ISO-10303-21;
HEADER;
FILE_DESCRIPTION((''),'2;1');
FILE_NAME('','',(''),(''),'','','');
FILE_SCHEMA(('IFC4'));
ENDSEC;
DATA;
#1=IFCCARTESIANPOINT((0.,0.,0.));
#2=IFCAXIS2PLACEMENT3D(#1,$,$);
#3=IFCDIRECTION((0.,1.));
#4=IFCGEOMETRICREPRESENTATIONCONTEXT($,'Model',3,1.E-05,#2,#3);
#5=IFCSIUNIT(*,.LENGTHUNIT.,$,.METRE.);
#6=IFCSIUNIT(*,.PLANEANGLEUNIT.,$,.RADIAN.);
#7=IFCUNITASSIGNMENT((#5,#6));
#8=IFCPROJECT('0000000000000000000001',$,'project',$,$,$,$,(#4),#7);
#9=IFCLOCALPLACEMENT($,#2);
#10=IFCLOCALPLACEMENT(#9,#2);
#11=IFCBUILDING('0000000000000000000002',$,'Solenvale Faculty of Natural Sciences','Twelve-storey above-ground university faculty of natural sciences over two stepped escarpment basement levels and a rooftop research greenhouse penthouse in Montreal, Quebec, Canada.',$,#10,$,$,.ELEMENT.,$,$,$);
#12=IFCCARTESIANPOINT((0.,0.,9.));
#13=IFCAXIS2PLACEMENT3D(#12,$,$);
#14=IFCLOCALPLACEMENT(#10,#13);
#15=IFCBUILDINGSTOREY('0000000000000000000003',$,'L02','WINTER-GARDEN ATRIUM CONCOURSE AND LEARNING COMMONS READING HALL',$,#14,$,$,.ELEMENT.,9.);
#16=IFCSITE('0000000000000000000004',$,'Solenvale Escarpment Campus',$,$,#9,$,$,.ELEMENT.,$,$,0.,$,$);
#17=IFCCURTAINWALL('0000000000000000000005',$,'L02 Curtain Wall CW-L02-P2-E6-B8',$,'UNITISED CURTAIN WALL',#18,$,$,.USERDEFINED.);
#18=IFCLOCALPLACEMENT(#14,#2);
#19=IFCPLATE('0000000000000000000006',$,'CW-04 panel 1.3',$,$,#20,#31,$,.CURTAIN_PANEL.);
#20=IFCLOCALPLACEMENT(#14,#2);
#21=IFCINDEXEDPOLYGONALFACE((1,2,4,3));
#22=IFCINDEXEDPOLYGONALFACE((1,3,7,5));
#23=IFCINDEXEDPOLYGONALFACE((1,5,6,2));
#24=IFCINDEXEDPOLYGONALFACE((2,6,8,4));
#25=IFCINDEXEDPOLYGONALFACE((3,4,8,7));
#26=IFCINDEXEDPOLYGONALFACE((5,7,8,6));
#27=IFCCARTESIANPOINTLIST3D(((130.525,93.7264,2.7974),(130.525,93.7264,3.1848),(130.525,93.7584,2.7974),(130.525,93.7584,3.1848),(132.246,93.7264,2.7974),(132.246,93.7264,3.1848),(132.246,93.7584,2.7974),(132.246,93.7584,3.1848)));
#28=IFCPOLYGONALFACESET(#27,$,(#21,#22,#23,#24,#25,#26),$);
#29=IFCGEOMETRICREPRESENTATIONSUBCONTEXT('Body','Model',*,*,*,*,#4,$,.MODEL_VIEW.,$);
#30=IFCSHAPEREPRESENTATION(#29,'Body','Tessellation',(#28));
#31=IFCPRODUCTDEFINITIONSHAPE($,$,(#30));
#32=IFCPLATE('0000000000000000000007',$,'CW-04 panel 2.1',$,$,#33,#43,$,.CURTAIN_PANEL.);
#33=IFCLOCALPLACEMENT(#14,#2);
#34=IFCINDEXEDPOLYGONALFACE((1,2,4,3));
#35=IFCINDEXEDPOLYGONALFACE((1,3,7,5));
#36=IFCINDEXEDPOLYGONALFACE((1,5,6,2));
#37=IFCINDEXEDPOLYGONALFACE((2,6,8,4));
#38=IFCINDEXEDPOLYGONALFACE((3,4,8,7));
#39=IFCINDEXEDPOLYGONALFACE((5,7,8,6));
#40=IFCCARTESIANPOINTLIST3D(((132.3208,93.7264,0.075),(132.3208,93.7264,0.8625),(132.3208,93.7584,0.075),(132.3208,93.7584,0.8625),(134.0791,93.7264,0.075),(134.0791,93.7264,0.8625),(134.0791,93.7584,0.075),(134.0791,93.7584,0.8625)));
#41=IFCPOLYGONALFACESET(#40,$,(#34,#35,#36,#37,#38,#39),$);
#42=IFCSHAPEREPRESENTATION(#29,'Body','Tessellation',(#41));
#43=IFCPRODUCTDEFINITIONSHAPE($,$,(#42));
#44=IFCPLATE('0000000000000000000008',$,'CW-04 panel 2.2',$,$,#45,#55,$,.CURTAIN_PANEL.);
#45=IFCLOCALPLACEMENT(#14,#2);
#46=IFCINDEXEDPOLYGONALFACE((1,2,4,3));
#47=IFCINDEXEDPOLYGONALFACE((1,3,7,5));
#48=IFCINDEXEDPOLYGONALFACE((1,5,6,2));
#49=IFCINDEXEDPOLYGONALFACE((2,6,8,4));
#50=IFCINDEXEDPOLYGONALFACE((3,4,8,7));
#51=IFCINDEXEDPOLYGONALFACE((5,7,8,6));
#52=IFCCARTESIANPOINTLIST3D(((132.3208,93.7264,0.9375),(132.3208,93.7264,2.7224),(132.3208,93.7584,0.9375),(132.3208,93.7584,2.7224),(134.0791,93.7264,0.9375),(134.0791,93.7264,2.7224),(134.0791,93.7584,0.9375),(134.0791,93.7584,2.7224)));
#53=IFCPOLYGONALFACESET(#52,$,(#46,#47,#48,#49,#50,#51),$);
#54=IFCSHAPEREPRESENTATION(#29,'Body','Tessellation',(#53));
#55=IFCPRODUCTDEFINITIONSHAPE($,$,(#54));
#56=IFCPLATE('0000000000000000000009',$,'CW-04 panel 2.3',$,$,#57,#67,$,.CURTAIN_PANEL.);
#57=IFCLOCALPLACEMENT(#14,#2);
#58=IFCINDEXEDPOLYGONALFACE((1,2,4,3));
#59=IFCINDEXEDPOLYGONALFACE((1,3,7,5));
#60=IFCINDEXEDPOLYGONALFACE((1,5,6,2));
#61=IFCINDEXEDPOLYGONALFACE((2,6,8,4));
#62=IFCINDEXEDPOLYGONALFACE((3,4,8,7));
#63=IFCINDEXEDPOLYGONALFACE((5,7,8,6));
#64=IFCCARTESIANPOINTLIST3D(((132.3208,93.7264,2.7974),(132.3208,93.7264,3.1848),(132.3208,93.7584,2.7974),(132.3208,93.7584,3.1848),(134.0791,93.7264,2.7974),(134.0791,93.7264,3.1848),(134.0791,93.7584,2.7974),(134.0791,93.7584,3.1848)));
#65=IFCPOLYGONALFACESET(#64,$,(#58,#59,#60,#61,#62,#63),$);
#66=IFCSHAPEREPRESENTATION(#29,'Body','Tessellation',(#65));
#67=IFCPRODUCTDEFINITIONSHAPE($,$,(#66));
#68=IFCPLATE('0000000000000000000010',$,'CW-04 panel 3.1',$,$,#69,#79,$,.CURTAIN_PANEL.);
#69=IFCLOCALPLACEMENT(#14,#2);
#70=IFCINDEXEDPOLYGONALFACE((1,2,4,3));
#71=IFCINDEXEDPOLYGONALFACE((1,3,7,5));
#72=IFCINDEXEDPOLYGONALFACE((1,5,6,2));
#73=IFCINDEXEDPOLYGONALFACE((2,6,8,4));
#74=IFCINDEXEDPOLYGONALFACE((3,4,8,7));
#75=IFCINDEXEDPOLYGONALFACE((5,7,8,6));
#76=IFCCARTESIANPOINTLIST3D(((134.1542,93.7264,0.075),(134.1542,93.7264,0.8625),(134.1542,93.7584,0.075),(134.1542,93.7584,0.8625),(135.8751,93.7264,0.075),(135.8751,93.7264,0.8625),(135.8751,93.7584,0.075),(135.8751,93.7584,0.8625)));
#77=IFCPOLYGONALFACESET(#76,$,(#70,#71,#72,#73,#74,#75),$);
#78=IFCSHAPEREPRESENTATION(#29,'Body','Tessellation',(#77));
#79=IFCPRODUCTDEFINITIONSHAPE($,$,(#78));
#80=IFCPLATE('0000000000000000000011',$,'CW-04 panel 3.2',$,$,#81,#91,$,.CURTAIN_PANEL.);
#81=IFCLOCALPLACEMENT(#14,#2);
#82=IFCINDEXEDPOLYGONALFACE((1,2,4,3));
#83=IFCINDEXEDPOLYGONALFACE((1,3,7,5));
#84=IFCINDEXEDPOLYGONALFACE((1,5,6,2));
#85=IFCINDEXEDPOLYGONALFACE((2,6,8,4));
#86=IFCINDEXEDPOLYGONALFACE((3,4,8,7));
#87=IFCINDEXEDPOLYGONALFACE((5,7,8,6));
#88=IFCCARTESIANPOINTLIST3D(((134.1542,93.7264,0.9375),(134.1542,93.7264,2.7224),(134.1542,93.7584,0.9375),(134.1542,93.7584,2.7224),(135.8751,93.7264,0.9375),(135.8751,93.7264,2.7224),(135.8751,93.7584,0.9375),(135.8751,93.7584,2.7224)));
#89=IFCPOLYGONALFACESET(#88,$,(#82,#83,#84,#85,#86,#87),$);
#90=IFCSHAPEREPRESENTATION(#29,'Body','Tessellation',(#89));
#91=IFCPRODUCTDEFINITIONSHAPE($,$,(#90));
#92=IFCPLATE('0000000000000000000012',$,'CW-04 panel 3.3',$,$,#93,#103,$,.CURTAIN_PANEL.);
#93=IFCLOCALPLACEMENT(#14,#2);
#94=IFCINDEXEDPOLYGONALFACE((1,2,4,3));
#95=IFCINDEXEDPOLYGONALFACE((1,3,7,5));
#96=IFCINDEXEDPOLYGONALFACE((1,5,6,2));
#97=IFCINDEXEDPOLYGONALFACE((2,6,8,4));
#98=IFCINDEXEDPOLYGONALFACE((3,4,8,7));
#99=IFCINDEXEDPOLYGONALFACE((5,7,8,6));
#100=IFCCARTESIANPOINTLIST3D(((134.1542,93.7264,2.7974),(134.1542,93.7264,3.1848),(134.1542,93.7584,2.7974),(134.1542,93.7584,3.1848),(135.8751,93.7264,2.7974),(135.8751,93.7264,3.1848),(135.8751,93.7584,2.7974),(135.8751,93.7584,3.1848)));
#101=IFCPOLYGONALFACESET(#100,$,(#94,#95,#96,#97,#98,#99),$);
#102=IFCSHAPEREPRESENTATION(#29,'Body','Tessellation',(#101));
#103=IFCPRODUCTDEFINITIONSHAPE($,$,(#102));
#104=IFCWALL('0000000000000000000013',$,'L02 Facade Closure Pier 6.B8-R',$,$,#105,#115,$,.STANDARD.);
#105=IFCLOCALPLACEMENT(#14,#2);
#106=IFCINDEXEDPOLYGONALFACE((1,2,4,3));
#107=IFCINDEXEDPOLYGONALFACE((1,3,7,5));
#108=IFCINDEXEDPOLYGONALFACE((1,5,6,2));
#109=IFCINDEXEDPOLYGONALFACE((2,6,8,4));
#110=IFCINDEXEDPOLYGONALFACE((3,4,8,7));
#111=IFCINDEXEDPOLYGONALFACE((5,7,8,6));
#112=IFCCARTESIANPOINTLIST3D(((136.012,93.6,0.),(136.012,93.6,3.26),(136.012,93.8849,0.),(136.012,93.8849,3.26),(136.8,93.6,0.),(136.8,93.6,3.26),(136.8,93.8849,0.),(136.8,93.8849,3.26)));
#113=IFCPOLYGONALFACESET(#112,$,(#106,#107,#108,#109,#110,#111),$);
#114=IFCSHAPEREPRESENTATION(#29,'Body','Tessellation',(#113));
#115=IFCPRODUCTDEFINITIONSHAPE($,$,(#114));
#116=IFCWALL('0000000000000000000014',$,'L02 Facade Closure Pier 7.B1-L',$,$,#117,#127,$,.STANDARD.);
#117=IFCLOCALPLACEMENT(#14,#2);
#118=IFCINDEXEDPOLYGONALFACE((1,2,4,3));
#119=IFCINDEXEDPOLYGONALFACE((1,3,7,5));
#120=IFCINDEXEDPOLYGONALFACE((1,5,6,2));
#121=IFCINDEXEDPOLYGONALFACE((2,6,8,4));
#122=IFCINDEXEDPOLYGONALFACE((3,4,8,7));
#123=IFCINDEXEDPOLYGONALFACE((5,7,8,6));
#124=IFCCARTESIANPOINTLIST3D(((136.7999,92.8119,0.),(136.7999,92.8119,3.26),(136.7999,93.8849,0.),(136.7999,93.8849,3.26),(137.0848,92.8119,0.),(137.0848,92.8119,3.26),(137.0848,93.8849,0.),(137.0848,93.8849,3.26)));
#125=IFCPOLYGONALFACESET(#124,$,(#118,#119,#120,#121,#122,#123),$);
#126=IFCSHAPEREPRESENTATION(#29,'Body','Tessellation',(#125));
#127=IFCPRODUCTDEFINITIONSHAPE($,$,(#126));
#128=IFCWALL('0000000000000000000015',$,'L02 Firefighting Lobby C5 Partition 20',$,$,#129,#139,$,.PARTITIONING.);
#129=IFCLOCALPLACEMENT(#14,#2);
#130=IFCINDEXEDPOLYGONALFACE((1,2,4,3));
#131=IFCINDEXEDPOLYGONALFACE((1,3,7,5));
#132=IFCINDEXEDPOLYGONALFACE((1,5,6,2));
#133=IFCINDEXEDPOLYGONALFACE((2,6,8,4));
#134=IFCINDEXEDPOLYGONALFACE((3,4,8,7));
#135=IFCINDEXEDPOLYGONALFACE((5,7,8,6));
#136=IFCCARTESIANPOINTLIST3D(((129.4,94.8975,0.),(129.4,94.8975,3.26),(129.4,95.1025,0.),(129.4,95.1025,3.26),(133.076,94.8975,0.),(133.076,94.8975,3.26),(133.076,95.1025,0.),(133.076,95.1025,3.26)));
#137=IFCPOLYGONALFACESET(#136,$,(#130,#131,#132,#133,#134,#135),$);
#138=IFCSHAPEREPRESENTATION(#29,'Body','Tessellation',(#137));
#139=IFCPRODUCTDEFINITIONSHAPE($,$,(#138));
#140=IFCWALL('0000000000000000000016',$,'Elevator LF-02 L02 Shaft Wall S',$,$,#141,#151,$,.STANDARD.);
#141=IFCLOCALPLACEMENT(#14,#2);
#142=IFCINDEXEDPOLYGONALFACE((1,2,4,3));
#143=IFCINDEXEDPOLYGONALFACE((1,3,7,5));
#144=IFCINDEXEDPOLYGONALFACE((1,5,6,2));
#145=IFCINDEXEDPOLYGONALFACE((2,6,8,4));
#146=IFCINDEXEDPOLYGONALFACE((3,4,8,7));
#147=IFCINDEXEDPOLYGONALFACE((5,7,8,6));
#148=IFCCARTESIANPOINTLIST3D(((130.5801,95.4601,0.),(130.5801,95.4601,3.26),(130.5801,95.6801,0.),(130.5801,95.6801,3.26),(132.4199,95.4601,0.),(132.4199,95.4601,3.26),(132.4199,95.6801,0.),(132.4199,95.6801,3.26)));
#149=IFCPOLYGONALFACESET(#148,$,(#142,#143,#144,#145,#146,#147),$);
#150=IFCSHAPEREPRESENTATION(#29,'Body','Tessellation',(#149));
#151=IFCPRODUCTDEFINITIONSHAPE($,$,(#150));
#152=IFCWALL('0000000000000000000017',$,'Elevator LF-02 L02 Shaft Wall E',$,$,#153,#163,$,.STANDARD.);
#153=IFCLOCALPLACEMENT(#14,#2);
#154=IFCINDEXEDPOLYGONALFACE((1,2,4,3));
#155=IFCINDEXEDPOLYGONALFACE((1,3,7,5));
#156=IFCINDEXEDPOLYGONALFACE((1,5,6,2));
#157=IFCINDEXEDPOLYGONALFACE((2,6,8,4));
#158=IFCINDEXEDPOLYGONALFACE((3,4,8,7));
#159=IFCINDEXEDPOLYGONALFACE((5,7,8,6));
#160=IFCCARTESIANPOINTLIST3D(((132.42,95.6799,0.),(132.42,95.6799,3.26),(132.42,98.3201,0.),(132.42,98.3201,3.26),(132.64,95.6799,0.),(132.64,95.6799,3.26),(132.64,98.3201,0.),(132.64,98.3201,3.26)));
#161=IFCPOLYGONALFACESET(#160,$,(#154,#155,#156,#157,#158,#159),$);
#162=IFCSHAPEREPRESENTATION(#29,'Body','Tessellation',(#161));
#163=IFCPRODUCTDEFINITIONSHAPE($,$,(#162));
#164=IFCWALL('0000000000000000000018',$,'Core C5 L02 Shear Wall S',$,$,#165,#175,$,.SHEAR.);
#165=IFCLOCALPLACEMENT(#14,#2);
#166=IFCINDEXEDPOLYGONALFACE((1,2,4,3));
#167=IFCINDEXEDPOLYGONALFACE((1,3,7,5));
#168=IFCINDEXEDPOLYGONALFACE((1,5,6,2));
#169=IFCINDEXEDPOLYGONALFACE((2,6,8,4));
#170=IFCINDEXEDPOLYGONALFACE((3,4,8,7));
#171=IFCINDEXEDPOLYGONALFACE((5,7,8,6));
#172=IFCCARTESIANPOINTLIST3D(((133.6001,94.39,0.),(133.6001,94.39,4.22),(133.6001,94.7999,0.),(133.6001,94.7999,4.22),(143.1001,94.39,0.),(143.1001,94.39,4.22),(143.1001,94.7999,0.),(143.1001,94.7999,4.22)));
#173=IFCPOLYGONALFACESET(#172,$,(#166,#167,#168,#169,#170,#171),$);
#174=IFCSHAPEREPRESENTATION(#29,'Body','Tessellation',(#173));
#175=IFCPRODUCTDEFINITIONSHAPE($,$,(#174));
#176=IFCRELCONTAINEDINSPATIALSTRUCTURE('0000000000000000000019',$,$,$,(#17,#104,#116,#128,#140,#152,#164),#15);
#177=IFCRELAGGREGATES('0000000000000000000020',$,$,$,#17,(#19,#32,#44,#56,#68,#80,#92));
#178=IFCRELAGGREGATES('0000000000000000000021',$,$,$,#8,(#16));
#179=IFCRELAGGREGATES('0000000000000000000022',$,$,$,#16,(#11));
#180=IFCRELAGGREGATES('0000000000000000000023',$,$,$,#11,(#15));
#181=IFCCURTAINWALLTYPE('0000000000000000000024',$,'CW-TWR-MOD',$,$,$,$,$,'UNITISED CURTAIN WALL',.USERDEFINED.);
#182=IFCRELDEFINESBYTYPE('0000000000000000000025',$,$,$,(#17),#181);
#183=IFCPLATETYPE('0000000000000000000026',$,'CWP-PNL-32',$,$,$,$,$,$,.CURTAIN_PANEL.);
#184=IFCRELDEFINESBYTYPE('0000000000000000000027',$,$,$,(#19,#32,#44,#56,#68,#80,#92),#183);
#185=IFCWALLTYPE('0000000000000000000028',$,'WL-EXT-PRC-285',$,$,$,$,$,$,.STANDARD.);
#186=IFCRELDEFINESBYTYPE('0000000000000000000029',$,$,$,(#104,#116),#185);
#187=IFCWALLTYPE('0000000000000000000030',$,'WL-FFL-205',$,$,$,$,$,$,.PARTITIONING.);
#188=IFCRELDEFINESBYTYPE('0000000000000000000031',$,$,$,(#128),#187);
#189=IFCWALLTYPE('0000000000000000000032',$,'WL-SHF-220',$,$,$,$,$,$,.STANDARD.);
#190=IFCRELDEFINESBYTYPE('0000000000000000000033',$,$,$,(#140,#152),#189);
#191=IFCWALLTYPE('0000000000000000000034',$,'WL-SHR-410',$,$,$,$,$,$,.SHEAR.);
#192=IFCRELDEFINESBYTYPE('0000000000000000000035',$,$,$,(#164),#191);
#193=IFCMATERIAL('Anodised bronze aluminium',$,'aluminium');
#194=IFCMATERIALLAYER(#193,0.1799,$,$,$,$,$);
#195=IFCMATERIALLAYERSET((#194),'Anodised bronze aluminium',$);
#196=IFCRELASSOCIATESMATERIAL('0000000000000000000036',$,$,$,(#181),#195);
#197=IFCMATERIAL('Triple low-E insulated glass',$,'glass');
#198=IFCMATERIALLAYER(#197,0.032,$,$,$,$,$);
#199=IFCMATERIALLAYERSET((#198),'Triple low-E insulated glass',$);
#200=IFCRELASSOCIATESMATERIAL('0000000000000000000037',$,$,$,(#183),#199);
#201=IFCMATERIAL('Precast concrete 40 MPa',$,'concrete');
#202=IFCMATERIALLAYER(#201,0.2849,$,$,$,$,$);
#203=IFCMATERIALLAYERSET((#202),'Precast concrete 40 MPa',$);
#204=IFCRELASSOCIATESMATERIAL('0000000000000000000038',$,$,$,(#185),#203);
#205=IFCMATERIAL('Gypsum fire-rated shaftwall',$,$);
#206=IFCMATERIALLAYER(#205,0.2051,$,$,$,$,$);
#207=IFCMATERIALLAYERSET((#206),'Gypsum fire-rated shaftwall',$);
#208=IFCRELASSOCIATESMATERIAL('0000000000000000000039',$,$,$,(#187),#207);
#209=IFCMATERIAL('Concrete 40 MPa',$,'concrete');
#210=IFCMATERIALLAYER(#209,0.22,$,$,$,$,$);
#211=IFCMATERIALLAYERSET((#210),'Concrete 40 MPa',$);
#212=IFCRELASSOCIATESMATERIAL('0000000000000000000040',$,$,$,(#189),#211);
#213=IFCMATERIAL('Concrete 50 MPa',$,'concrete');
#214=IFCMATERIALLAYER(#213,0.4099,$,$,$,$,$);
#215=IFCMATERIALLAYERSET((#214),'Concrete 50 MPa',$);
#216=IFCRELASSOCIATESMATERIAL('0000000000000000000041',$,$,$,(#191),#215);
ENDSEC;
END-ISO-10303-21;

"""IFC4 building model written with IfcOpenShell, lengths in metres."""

from ifc_helpers import new_model, si_unit, direction, frame, frame_2d, origin, origin_2d, place, context, subcontext, project, spatial, rectangle, extrude, material, layer, layer_set, type_object, element, aggregate, save


model = new_model("IFC4")

# Units and contexts
model_context = context("Model", 3, precision=1e-05, world=origin(), true_north=direction((0.0, 1.0)))
body_context = subcontext(model_context, "Body", "Model", "MODEL_VIEW")
ifc_project = project(units=[si_unit("LENGTHUNIT", "METRE"), si_unit("PLANEANGLEUNIT", "RADIAN")], contexts=[model_context])

# Site, building, storey
site_placement = place(None, origin())
site = spatial("IfcSite", under=ifc_project, at=site_placement, Name="Solenvale Escarpment Campus", CompositionType="ELEMENT", RefElevation=0.0)
building_placement = place(site_placement, origin())
building = spatial("IfcBuilding", under=site, at=building_placement, Name="Solenvale Faculty of Natural Sciences", Description="Twelve-storey above-ground university faculty of natural sciences over two stepped escarpment basement levels and a rooftop research greenhouse penthouse in Montreal, Quebec, Canada.", CompositionType="ELEMENT")
storey_placement = place(building_placement, frame((0.0, 0.0, 9.0)))
storey = spatial("IfcBuildingStorey", under=building, at=storey_placement, Name="L02", Description="WINTER-GARDEN ATRIUM CONCOURSE AND LEARNING COMMONS READING HALL", CompositionType="ELEMENT", Elevation=9.0)

# Curtain wall, plates
ifc_material_1 = material(Name="Anodised bronze aluminium", Category="aluminium")
ifc_layer_1 = layer(ifc_material_1, 0.1799)
ifc_layer_set_1 = layer_set([ifc_layer_1], Name="Anodised bronze aluminium")
curtain_wall_type = type_object("IfcCurtainWallType", Name="CW-TWR-MOD", ElementType="UNITISED CURTAIN WALL", PredefinedType="USERDEFINED", material=ifc_layer_set_1)
curtain_wall_placement = place(storey_placement, origin())
curtain_wall = element("IfcCurtainWall", 1, at=curtain_wall_placement, inside=storey, type_object=curtain_wall_type, Name="L02 Curtain Wall CW-L02-P2-E6-B8", ObjectType="UNITISED CURTAIN WALL", PredefinedType="USERDEFINED")
ifc_material_2 = material(Name="Triple low-E insulated glass", Category="glass")
ifc_layer_2 = layer(ifc_material_2, 0.032)
ifc_layer_set_2 = layer_set([ifc_layer_2], Name="Triple low-E insulated glass")
plate_type = type_object("IfcPlateType", Name="CWP-PNL-32", PredefinedType="CURTAIN_PANEL", material=ifc_layer_set_2)
plate_1_placement = place(storey_placement, frame((131.3855, 93.7424, 2.7974), z_axis=(0.0, 0.0, 1.0), x_axis=(1.0, 0.0, 0.0)))
plate_1 = element("IfcPlate", 2, at=plate_1_placement, type_object=plate_type, Name="CW-04 panel 1.3", PredefinedType="CURTAIN_PANEL", context=body_context, shape_type="SweptSolid", body=[
    extrude(rectangle(XDim=1.7209, YDim=0.032, at=origin_2d()), origin(), (0.0, 0.0, 1.0), 0.3875),
])
plate_2_placement = place(storey_placement, frame((133.2, 93.7424, 0.075), z_axis=(0.0, 0.0, 1.0), x_axis=(1.0, 0.0, 0.0)))
plate_2 = element("IfcPlate", 3, at=plate_2_placement, type_object=plate_type, Name="CW-04 panel 2.1", PredefinedType="CURTAIN_PANEL", context=body_context, shape_type="SweptSolid", body=[
    extrude(rectangle(XDim=1.7583, YDim=0.032, at=origin_2d()), origin(), (0.0, 0.0, 1.0), 0.7876),
])
plate_3_placement = place(storey_placement, frame((133.2, 93.7424, 0.9375), z_axis=(0.0, 0.0, 1.0), x_axis=(1.0, 0.0, 0.0)))
plate_3 = element("IfcPlate", 4, at=plate_3_placement, type_object=plate_type, Name="CW-04 panel 2.2", PredefinedType="CURTAIN_PANEL", context=body_context, shape_type="SweptSolid", body=[
    extrude(rectangle(XDim=1.7583, YDim=0.032, at=origin_2d()), origin(), (0.0, 0.0, 1.0), 1.7849),
])
plate_4_placement = place(storey_placement, frame((133.2, 93.7424, 2.7974), z_axis=(0.0, 0.0, 1.0), x_axis=(1.0, 0.0, 0.0)))
plate_4 = element("IfcPlate", 5, at=plate_4_placement, type_object=plate_type, Name="CW-04 panel 2.3", PredefinedType="CURTAIN_PANEL", context=body_context, shape_type="SweptSolid", body=[
    extrude(rectangle(XDim=1.7583, YDim=0.032, at=origin_2d()), origin(), (0.0, 0.0, 1.0), 0.3875),
])
plate_5_placement = place(storey_placement, frame((135.0146, 93.7424, 0.075), z_axis=(0.0, 0.0, 1.0), x_axis=(1.0, 0.0, 0.0)))
plate_5 = element("IfcPlate", 6, at=plate_5_placement, type_object=plate_type, Name="CW-04 panel 3.1", PredefinedType="CURTAIN_PANEL", context=body_context, shape_type="SweptSolid", body=[
    extrude(rectangle(XDim=1.7209, YDim=0.032, at=origin_2d()), origin(), (0.0, 0.0, 1.0), 0.7876),
])
plate_6_placement = place(storey_placement, frame((135.0146, 93.7424, 0.9375), z_axis=(0.0, 0.0, 1.0), x_axis=(1.0, 0.0, 0.0)))
plate_6 = element("IfcPlate", 7, at=plate_6_placement, type_object=plate_type, Name="CW-04 panel 3.2", PredefinedType="CURTAIN_PANEL", context=body_context, shape_type="SweptSolid", body=[
    extrude(rectangle(XDim=1.7209, YDim=0.032, at=origin_2d()), origin(), (0.0, 0.0, 1.0), 1.7849),
])
plate_7_placement = place(storey_placement, frame((135.0146, 93.7424, 2.7974), z_axis=(0.0, 0.0, 1.0), x_axis=(1.0, 0.0, 0.0)))
plate_7 = element("IfcPlate", 8, at=plate_7_placement, type_object=plate_type, Name="CW-04 panel 3.3", PredefinedType="CURTAIN_PANEL", context=body_context, shape_type="SweptSolid", body=[
    extrude(rectangle(XDim=1.7209, YDim=0.032, at=origin_2d()), origin(), (0.0, 0.0, 1.0), 0.3875),
])
aggregate(curtain_wall, [plate_1, plate_2, plate_3, plate_4, plate_5, plate_6, plate_7])

# Walls
ifc_material_3 = material(Name="Precast concrete 40 MPa", Category="concrete")
ifc_layer_3 = layer(ifc_material_3, 0.2849)
ifc_layer_set_3 = layer_set([ifc_layer_3], Name="Precast concrete 40 MPa")
wall_type_1 = type_object("IfcWallType", Name="WL-EXT-PRC-285", PredefinedType="STANDARD", material=ifc_layer_set_3)
wall_1_placement = place(storey_placement, frame((136.012, 93.7424, 0.0), z_axis=(0.0, 0.0, 1.0), x_axis=(1.0, 0.0, 0.0)))
element("IfcWall", 9, at=wall_1_placement, inside=storey, type_object=wall_type_1, Name="L02 Facade Closure Pier 6.B8-R", PredefinedType="STANDARD", context=body_context, shape_type="SweptSolid", body=[
    extrude(rectangle(XDim=0.7881, YDim=0.2849, at=frame_2d((0.394, 0.0))), origin(), (0.0, 0.0, 1.0), 3.26),
])
wall_2_placement = place(storey_placement, frame((136.9424, 93.885, 0.0), z_axis=(0.0, 0.0, 1.0), x_axis=(0.0, -1.0, 0.0)))
element("IfcWall", 10, at=wall_2_placement, inside=storey, type_object=wall_type_1, Name="L02 Facade Closure Pier 7.B1-L", PredefinedType="STANDARD", context=body_context, shape_type="SweptSolid", body=[
    extrude(rectangle(XDim=1.073, YDim=0.2849, at=frame_2d((0.5366, 0.0))), origin(), (0.0, 0.0, 1.0), 3.26),
])
ifc_material_4 = material(Name="Gypsum fire-rated shaftwall")
ifc_layer_4 = layer(ifc_material_4, 0.2051)
ifc_layer_set_4 = layer_set([ifc_layer_4], Name="Gypsum fire-rated shaftwall")
wall_type_2 = type_object("IfcWallType", Name="WL-FFL-205", PredefinedType="PARTITIONING", material=ifc_layer_set_4)
wall_3_placement = place(storey_placement, frame((133.0759, 95.0, 0.0), z_axis=(0.0, 0.0, 1.0), x_axis=(-1.0, 0.0, 0.0)))
element("IfcWall", 11, at=wall_3_placement, inside=storey, type_object=wall_type_2, Name="L02 Firefighting Lobby C5 Partition 20", PredefinedType="PARTITIONING", context=body_context, shape_type="SweptSolid", body=[
    extrude(rectangle(XDim=3.676, YDim=0.2051, at=frame_2d((1.8379, 0.0))), origin(), (0.0, 0.0, 1.0), 3.26),
])
ifc_material_5 = material(Name="Concrete 40 MPa", Category="concrete")
ifc_layer_5 = layer(ifc_material_5, 0.22)
ifc_layer_set_5 = layer_set([ifc_layer_5], Name="Concrete 40 MPa")
wall_type_3 = type_object("IfcWallType", Name="WL-SHF-220", PredefinedType="STANDARD", material=ifc_layer_set_5)
wall_4_placement = place(storey_placement, frame((130.5801, 95.5701, 0.0), z_axis=(0.0, 0.0, 1.0), x_axis=(1.0, 0.0, 0.0)))
element("IfcWall", 12, at=wall_4_placement, inside=storey, type_object=wall_type_3, Name="Elevator LF-02 L02 Shaft Wall S", PredefinedType="STANDARD", context=body_context, shape_type="SweptSolid", body=[
    extrude(rectangle(XDim=1.8398, YDim=0.22, at=frame_2d((0.9199, 0.0))), origin(), (0.0, 0.0, 1.0), 3.26),
])
wall_5_placement = place(storey_placement, frame((132.53, 95.6799, 0.0), z_axis=(0.0, 0.0, 1.0), x_axis=(0.0, 1.0, 0.0)))
element("IfcWall", 13, at=wall_5_placement, inside=storey, type_object=wall_type_3, Name="Elevator LF-02 L02 Shaft Wall E", PredefinedType="STANDARD", context=body_context, shape_type="SweptSolid", body=[
    extrude(rectangle(XDim=2.6401, YDim=0.22, at=frame_2d((1.3201, 0.0))), origin(), (0.0, 0.0, 1.0), 3.26),
])
ifc_material_6 = material(Name="Concrete 50 MPa", Category="concrete")
ifc_layer_6 = layer(ifc_material_6, 0.4099)
ifc_layer_set_6 = layer_set([ifc_layer_6], Name="Concrete 50 MPa")
wall_type_4 = type_object("IfcWallType", Name="WL-SHR-410", PredefinedType="SHEAR", material=ifc_layer_set_6)
wall_6_placement = place(storey_placement, frame((133.6001, 94.595, 0.0), z_axis=(0.0, 0.0, 1.0), x_axis=(1.0, 0.0, 0.0)))
element("IfcWall", 14, at=wall_6_placement, inside=storey, type_object=wall_type_4, Name="Core C5 L02 Shear Wall S", PredefinedType="SHEAR", context=body_context, shape_type="SweptSolid", body=[
    extrude(rectangle(XDim=9.5, YDim=0.4099, at=frame_2d((4.75, 0.0))), origin(), (0.0, 0.0, 1.0), 4.22),
])

save(model, "model.ifc")
